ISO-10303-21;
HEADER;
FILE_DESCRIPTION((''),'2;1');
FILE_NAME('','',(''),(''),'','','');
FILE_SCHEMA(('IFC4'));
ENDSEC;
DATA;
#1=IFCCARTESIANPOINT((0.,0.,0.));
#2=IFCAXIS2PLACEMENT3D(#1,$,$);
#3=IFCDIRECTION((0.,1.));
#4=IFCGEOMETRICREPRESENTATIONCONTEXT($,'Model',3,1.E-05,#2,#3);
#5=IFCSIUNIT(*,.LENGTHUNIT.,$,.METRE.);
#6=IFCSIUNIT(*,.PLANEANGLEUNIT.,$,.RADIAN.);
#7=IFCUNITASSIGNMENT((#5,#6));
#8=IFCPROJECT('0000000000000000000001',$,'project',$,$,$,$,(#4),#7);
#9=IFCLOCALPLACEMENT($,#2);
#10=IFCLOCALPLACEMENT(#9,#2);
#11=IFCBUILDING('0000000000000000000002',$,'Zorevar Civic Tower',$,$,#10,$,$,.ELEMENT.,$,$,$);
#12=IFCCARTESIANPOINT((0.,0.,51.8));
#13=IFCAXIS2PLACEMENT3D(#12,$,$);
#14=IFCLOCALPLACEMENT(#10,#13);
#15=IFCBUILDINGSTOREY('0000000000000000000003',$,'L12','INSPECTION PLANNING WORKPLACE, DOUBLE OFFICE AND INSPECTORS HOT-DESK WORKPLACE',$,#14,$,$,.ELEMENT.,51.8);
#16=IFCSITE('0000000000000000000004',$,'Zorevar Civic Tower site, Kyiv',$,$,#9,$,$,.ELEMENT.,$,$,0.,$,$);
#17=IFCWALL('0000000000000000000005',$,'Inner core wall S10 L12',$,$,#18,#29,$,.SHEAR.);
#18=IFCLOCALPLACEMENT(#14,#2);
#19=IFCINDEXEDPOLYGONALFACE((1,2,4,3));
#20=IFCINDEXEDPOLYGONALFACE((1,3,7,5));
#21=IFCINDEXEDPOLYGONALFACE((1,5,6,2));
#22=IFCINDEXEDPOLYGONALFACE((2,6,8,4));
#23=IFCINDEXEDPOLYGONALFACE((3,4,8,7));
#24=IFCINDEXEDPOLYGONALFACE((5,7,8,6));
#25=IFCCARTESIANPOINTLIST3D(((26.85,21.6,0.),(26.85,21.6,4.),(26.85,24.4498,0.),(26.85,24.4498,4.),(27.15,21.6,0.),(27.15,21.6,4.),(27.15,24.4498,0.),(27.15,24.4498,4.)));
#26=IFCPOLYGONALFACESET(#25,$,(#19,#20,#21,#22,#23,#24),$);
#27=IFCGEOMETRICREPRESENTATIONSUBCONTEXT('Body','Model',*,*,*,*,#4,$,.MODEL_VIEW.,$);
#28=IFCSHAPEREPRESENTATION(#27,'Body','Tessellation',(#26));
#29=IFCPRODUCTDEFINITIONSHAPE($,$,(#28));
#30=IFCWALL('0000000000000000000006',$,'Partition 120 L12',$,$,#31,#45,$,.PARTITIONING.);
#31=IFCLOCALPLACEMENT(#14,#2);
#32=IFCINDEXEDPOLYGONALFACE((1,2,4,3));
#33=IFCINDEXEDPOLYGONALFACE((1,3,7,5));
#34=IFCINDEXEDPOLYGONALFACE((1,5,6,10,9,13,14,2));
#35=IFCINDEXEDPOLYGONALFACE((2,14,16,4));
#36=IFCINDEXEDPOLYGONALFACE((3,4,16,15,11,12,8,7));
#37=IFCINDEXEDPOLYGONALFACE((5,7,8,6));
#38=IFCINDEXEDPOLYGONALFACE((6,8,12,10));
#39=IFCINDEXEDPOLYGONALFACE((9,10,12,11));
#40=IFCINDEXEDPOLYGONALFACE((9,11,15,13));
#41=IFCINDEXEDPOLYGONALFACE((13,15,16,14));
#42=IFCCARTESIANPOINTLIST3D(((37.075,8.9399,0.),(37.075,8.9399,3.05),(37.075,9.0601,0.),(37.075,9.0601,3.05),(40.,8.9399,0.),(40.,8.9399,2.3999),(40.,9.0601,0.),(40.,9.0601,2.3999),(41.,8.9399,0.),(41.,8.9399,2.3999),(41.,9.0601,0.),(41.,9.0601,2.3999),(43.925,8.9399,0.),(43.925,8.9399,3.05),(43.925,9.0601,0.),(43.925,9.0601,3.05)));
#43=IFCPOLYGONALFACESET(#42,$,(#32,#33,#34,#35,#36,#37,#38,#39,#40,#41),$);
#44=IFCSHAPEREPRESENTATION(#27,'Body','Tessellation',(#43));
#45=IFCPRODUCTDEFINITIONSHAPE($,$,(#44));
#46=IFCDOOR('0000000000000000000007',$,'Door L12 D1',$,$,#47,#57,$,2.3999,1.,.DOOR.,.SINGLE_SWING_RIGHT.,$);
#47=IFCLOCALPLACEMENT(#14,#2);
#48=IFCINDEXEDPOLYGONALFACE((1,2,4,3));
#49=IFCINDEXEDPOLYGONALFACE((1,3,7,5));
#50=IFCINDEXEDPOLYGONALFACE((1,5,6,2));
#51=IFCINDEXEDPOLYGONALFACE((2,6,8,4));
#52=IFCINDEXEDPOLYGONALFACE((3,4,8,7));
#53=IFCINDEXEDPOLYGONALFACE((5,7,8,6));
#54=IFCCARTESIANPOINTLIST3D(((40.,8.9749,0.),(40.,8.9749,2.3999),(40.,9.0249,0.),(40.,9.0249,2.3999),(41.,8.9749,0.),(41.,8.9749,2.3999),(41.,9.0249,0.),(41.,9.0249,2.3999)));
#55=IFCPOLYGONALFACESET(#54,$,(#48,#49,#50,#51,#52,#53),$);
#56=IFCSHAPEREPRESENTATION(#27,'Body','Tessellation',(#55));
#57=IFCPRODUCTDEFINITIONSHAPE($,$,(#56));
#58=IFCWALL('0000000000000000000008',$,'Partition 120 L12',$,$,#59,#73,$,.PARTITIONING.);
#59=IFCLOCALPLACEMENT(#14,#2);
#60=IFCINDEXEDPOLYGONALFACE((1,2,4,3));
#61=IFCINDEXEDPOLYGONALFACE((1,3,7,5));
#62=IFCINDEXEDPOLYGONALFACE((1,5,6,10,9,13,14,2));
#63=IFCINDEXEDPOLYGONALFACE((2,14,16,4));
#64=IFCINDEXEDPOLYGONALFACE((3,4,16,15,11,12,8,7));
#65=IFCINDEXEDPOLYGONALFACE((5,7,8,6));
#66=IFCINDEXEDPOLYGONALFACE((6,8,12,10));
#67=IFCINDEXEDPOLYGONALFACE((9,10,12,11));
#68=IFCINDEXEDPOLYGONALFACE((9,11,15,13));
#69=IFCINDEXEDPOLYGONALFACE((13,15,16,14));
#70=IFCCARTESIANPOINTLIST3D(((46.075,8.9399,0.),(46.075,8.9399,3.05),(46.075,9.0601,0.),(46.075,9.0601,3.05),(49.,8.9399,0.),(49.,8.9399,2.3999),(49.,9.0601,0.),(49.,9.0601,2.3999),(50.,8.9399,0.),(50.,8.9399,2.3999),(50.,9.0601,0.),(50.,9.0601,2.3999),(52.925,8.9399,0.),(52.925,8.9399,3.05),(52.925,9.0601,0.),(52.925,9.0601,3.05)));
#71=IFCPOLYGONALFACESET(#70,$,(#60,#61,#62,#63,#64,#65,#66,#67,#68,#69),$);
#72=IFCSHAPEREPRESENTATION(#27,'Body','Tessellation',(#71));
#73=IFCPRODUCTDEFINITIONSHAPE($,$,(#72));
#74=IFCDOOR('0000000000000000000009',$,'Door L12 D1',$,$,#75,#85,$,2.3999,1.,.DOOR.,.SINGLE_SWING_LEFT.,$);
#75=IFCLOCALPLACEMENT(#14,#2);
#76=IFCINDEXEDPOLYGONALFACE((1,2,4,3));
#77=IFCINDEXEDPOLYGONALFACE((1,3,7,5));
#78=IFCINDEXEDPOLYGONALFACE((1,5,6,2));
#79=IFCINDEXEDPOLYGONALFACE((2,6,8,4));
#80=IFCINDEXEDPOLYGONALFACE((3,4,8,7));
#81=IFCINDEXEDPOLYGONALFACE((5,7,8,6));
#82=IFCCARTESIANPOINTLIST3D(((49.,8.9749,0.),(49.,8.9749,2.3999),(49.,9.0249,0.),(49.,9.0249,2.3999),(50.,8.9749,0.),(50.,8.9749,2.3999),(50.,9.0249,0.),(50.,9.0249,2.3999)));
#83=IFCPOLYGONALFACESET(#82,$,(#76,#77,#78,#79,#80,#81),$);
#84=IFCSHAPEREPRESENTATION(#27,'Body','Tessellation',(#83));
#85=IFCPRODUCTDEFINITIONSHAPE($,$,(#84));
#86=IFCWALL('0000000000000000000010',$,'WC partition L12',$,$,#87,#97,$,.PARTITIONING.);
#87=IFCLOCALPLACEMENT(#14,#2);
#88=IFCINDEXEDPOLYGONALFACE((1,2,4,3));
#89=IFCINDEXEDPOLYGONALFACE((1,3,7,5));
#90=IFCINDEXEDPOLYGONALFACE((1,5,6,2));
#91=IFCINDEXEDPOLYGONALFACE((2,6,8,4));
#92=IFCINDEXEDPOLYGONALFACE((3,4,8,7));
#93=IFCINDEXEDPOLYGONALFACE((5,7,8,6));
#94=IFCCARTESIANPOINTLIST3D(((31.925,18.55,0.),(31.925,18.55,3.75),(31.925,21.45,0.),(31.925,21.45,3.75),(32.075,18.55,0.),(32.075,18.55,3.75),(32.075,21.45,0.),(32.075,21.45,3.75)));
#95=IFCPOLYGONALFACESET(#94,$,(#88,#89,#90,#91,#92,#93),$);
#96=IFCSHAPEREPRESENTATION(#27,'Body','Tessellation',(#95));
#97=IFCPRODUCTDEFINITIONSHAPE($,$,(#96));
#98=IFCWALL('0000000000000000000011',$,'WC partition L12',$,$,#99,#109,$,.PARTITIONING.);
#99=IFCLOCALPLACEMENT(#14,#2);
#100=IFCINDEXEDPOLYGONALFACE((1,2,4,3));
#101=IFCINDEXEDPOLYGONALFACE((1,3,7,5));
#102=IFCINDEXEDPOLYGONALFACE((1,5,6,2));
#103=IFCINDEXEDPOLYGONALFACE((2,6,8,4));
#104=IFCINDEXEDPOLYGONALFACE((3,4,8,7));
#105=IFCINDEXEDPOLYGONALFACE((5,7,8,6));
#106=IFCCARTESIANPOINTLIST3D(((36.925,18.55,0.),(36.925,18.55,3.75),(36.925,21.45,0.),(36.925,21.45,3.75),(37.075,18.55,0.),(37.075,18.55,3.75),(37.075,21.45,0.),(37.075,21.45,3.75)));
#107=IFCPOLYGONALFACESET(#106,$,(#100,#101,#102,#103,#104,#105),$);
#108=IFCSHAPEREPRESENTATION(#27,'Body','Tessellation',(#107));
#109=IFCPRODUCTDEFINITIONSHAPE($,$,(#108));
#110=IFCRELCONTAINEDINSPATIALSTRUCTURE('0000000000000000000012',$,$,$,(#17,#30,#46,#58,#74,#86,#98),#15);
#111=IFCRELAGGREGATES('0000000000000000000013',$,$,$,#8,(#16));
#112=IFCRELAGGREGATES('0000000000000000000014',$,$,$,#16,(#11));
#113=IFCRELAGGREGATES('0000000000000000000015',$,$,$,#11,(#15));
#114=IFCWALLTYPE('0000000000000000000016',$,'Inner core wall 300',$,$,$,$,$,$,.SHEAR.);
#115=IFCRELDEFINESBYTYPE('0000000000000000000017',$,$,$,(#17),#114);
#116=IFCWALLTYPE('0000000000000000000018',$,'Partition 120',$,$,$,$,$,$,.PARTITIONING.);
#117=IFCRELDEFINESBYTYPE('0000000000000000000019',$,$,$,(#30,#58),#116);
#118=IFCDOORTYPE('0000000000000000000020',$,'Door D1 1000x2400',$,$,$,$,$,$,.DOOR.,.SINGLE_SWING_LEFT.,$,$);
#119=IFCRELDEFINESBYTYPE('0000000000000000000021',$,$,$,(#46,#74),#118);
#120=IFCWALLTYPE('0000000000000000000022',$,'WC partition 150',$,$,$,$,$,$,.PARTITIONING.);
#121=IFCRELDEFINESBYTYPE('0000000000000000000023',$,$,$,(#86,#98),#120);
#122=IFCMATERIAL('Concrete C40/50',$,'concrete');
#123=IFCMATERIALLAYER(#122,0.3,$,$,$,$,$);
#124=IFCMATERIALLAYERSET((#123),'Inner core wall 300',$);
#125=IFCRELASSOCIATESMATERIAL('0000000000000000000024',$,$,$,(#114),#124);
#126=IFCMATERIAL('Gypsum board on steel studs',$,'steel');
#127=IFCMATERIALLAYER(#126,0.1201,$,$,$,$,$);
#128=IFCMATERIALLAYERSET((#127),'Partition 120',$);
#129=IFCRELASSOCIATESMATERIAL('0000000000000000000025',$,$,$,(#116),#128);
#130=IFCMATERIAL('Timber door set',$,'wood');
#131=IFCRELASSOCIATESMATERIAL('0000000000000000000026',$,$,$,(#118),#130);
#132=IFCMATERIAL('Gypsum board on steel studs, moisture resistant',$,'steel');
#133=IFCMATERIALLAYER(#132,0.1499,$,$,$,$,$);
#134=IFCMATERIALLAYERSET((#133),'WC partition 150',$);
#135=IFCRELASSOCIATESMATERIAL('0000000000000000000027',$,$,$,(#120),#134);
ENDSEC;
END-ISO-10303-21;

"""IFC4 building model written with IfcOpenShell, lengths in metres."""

from ifc_helpers import new_model, si_unit, direction, frame, frame_2d, origin, place, context, subcontext, project, spatial, rectangle, extrude, material, layer, layer_set, type_object, element, fill, save


model = new_model("IFC4")

# Units and contexts
model_context = context("Model", 3, precision=1e-05, world=origin(), true_north=direction((0.0, 1.0)))
body_context = subcontext(model_context, "Body", "Model", "MODEL_VIEW")
ifc_project = project(units=[si_unit("LENGTHUNIT", "METRE"), si_unit("PLANEANGLEUNIT", "RADIAN")], contexts=[model_context])

# Site, building, storey
site_placement = place(None, origin())
site = spatial("IfcSite", under=ifc_project, at=site_placement, Name="Zorevar Civic Tower site, Kyiv", CompositionType="ELEMENT", RefElevation=0.0)
building_placement = place(site_placement, origin())
building = spatial("IfcBuilding", under=site, at=building_placement, Name="Zorevar Civic Tower", CompositionType="ELEMENT")
storey_placement = place(building_placement, frame((0.0, 0.0, 51.8)))
storey = spatial("IfcBuildingStorey", under=building, at=storey_placement, Name="L12", Description="INSPECTION PLANNING WORKPLACE, DOUBLE OFFICE AND INSPECTORS HOT-DESK WORKPLACE", CompositionType="ELEMENT", Elevation=51.8)

# Wall
ifc_material_1 = material(Name="Concrete C40/50", Category="concrete")
ifc_layer_1 = layer(ifc_material_1, 0.3)
ifc_layer_set_1 = layer_set([ifc_layer_1], Name="Inner core wall 300")
wall_type_1 = type_object("IfcWallType", Name="Inner core wall 300", PredefinedType="SHEAR", material=ifc_layer_set_1)
wall_1_placement = place(storey_placement, frame((27.0, 21.6001, 0.0), z_axis=(0.0, 0.0, 1.0), x_axis=(0.0, 1.0, 0.0)))
element("IfcWall", 1, at=wall_1_placement, inside=storey, type_object=wall_type_1, Name="Inner core wall S10 L12", PredefinedType="SHEAR", context=body_context, shape_type="SweptSolid", body=[
    extrude(rectangle(XDim=2.8499, YDim=0.3, at=frame_2d((1.4248, 0.0))), origin(), (0.0, 0.0, 1.0), 4.0),
])

# Walls, openings, doors
ifc_material_2 = material(Name="Gypsum board on steel studs", Category="steel")
ifc_layer_2 = layer(ifc_material_2, 0.1201)
ifc_layer_set_2 = layer_set([ifc_layer_2], Name="Partition 120")
wall_type_2 = type_object("IfcWallType", Name="Partition 120", PredefinedType="PARTITIONING", material=ifc_layer_set_2)
wall_2_placement = place(storey_placement, frame((37.075, 9.0, 0.0), z_axis=(0.0, 0.0, 1.0), x_axis=(1.0, 0.0, 0.0)))
wall_2 = element("IfcWall", 2, at=wall_2_placement, inside=storey, type_object=wall_type_2, Name="Partition 120 L12", PredefinedType="PARTITIONING", context=body_context, shape_type="SweptSolid", body=[
    extrude(rectangle(XDim=6.8501, YDim=0.1201, at=frame_2d((3.425, 0.0))), origin(), (0.0, 0.0, 1.0), 3.05),
])
opening_1_placement = place(wall_2_placement, frame((2.925, 0.0, 0.0)))
opening_1 = element("IfcOpeningElement", 3, at=opening_1_placement, cuts=wall_2, PredefinedType="OPENING", context=body_context, shape_type="SweptSolid", body=[
    extrude(rectangle(XDim=1.0, YDim=2.3999, at=frame_2d((0.5, 1.2))), frame((0.0, 0.0701, 0.0), z_axis=(0.0, -1.0, 0.0), x_axis=(1.0, 0.0, 0.0)), (0.0, 0.0, 1.0), 0.1401),
])
ifc_material_3 = material(Name="Timber door set", Category="wood")
door_type_1 = type_object("IfcDoorType", Name="Door D1 1000x2400", OperationType="SINGLE_SWING_LEFT", PredefinedType="DOOR", material=ifc_material_3)
door_1_placement = place(opening_1_placement, origin())
door_1 = element("IfcDoor", 4, at=door_1_placement, inside=storey, type_object=door_type_1, Name="Door L12 D1", OperationType="SINGLE_SWING_RIGHT", OverallHeight=2.3999, OverallWidth=1.0, PredefinedType="DOOR", context=body_context, shape_type="SweptSolid", body=[
    extrude(rectangle(XDim=1.0, YDim=2.3999, at=frame_2d((0.5, 1.2))), frame((0.0, 0.0249, 0.0), z_axis=(0.0, -1.0, 0.0), x_axis=(1.0, 0.0, 0.0)), (0.0, 0.0, 1.0), 0.05),
])
fill(opening_1, door_1)
wall_3_placement = place(storey_placement, frame((46.075, 9.0, 0.0), z_axis=(0.0, 0.0, 1.0), x_axis=(1.0, 0.0, 0.0)))
wall_3 = element("IfcWall", 5, at=wall_3_placement, inside=storey, type_object=wall_type_2, Name="Partition 120 L12", PredefinedType="PARTITIONING", context=body_context, shape_type="SweptSolid", body=[
    extrude(rectangle(XDim=6.8501, YDim=0.1201, at=frame_2d((3.425, 0.0))), origin(), (0.0, 0.0, 1.0), 3.05),
])
opening_2_placement = place(wall_3_placement, frame((2.925, 0.0, 0.0)))
opening_2 = element("IfcOpeningElement", 6, at=opening_2_placement, cuts=wall_3, PredefinedType="OPENING", context=body_context, shape_type="SweptSolid", body=[
    extrude(rectangle(XDim=1.0, YDim=2.3999, at=frame_2d((0.5, 1.2))), frame((0.0, 0.0701, 0.0), z_axis=(0.0, -1.0, 0.0), x_axis=(1.0, 0.0, 0.0)), (0.0, 0.0, 1.0), 0.1401),
])
door_2_placement = place(opening_2_placement, origin())
door_2 = element("IfcDoor", 7, at=door_2_placement, inside=storey, type_object=door_type_1, Name="Door L12 D1", OperationType="SINGLE_SWING_LEFT", OverallHeight=2.3999, OverallWidth=1.0, PredefinedType="DOOR", context=body_context, shape_type="SweptSolid", body=[
    extrude(rectangle(XDim=1.0, YDim=2.3999, at=frame_2d((0.5, 1.2))), frame((0.0, 0.0249, 0.0), z_axis=(0.0, -1.0, 0.0), x_axis=(1.0, 0.0, 0.0)), (0.0, 0.0, 1.0), 0.05),
])
fill(opening_2, door_2)

# Walls
ifc_material_4 = material(Name="Gypsum board on steel studs, moisture resistant", Category="steel")
ifc_layer_3 = layer(ifc_material_4, 0.1499)
ifc_layer_set_3 = layer_set([ifc_layer_3], Name="WC partition 150")
wall_type_3 = type_object("IfcWallType", Name="WC partition 150", PredefinedType="PARTITIONING", material=ifc_layer_set_3)
for number, where, z_axis, x_axis, name in (
    (8, (32.0, 18.55, 0.0), (0.0, 0.0, 1.0), (0.0, 1.0, 0.0), "WC partition L12"),
    (9, (37.0, 18.55, 0.0), (0.0, 0.0, 1.0), (0.0, 1.0, 0.0), "WC partition L12"),
):
    element("IfcWall", number, at=place(storey_placement, frame(where, z_axis=z_axis, x_axis=x_axis)), inside=storey, type_object=wall_type_3, Name=name, PredefinedType="PARTITIONING", context=body_context, shape_type="SweptSolid", body=[
        extrude(rectangle(XDim=2.8999, YDim=0.1499, at=frame_2d((1.45, 0.0))), origin(), (0.0, 0.0, 1.0), 3.75),
    ])

save(model, "model.ifc")
